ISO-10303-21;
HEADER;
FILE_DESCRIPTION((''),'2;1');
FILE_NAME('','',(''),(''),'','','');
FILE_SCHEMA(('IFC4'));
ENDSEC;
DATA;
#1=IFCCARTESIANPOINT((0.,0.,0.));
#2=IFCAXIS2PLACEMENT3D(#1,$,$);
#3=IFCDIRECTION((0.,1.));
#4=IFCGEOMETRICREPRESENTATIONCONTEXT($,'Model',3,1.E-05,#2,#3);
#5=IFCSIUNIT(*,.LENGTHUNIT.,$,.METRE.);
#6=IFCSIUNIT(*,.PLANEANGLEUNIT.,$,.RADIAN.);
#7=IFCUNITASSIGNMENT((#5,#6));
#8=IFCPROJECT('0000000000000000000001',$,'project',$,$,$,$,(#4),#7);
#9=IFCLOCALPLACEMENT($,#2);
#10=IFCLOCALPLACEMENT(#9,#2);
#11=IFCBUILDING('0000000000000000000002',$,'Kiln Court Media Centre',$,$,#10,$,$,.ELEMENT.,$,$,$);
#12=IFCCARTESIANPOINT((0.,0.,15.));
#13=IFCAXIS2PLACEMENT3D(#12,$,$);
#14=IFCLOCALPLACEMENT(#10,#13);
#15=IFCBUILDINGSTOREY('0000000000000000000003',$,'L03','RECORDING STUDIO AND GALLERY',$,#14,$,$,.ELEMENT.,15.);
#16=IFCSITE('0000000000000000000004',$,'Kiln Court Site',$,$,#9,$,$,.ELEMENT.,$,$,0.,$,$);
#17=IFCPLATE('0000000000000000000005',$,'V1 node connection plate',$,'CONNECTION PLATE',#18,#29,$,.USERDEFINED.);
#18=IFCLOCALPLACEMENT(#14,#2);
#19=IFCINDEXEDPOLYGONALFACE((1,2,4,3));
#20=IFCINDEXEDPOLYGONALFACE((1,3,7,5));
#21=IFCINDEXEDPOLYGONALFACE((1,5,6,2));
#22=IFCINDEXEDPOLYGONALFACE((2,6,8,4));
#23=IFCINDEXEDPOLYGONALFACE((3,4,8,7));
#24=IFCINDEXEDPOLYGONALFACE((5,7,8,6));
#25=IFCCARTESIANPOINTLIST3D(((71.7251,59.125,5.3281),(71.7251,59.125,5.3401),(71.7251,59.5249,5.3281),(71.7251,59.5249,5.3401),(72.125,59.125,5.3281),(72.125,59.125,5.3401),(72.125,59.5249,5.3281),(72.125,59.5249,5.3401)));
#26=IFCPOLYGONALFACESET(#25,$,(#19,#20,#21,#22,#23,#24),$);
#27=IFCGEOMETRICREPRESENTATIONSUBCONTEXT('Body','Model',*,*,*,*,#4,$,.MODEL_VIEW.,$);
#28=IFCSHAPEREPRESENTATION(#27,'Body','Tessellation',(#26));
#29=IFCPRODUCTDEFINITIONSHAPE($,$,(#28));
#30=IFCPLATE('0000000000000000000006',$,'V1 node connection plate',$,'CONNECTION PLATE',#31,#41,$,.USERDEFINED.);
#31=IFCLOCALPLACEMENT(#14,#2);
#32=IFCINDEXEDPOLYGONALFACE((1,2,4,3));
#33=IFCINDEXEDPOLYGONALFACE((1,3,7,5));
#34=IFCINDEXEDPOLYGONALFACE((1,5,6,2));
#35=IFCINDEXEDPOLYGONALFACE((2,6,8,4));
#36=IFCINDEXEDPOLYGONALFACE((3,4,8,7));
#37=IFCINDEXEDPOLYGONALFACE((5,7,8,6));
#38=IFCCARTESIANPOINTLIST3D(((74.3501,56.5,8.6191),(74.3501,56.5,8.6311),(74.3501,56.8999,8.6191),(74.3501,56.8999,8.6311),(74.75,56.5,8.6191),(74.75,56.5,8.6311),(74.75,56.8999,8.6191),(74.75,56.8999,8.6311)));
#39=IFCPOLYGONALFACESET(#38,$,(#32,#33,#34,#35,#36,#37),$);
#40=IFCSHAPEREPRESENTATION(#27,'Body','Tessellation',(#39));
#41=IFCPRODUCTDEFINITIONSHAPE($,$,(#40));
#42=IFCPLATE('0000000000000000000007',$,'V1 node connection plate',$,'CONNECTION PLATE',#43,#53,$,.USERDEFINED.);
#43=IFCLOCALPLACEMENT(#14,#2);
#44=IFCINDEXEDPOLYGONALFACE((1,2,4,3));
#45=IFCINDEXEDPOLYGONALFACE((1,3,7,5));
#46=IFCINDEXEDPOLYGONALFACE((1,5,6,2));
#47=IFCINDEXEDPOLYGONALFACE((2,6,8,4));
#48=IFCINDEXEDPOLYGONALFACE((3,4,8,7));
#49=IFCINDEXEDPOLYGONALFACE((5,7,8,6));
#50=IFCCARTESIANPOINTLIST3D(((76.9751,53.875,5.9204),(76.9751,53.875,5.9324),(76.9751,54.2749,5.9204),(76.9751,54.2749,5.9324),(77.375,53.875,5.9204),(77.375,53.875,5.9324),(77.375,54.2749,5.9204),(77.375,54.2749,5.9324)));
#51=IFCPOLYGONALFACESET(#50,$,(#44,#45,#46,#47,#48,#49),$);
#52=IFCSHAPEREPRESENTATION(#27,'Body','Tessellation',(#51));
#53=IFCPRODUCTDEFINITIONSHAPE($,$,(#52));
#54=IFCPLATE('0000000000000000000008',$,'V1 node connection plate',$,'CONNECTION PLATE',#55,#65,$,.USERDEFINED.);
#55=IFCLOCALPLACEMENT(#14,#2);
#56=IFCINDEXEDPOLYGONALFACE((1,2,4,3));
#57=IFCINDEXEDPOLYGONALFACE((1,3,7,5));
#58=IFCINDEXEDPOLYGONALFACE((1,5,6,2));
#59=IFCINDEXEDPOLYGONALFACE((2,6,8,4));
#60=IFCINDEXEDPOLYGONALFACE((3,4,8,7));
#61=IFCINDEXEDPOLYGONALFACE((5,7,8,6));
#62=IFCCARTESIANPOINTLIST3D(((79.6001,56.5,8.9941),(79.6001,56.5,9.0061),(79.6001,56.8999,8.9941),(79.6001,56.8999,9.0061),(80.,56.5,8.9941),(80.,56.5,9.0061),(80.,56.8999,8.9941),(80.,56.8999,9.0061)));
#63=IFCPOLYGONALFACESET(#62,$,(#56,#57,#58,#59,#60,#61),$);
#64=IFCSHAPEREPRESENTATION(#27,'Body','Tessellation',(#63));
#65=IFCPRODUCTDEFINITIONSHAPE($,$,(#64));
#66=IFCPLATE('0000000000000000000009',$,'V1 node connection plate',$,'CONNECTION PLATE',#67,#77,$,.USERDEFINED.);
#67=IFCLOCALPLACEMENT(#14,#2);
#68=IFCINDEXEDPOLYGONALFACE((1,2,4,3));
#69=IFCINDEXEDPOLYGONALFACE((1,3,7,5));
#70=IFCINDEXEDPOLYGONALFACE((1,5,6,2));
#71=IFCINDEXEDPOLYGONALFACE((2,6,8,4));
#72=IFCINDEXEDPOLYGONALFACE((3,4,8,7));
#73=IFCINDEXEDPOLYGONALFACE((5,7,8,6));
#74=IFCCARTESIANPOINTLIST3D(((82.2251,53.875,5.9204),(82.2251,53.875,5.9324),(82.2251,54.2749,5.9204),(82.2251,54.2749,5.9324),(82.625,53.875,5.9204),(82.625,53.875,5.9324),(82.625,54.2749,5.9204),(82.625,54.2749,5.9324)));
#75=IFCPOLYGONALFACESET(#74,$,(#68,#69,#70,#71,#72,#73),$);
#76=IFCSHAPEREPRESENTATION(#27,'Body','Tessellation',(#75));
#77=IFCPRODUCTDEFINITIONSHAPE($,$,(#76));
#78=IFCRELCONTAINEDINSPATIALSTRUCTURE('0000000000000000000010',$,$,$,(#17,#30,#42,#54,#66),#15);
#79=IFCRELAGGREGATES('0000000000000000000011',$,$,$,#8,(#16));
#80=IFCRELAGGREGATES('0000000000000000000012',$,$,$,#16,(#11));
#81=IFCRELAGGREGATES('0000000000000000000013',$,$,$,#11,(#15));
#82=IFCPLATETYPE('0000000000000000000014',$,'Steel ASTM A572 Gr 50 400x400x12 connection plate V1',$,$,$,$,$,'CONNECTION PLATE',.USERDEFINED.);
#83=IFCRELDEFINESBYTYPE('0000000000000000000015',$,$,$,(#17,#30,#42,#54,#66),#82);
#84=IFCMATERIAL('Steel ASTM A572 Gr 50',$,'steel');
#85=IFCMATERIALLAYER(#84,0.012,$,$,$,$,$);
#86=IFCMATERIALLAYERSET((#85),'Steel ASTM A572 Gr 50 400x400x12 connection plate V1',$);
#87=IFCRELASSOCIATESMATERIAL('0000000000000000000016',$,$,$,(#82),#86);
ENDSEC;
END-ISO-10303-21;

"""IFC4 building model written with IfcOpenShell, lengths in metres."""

from ifc_helpers import new_model, si_unit, direction, frame, origin, origin_2d, place, context, subcontext, project, spatial, rectangle, extrude, material, layer, layer_set, type_object, element, save


model = new_model("IFC4")

# Units and contexts
model_context = context("Model", 3, precision=1e-05, world=origin(), true_north=direction((0.0, 1.0)))
body_context = subcontext(model_context, "Body", "Model", "MODEL_VIEW")
ifc_project = project(units=[si_unit("LENGTHUNIT", "METRE"), si_unit("PLANEANGLEUNIT", "RADIAN")], contexts=[model_context])

# Site, building, storey
site_placement = place(None, origin())
site = spatial("IfcSite", under=ifc_project, at=site_placement, Name="Kiln Court Site", CompositionType="ELEMENT", RefElevation=0.0)
building_placement = place(site_placement, origin())
building = spatial("IfcBuilding", under=site, at=building_placement, Name="Kiln Court Media Centre", CompositionType="ELEMENT")
storey_placement = place(building_placement, frame((0.0, 0.0, 15.0)))
storey = spatial("IfcBuildingStorey", under=building, at=storey_placement, Name="L03", Description="RECORDING STUDIO AND GALLERY", CompositionType="ELEMENT", Elevation=15.0)

# Plates
ifc_material_1 = material(Name="Steel ASTM A572 Gr 50", Category="steel")
ifc_layer_1 = layer(ifc_material_1, 0.012)
ifc_layer_set_1 = layer_set([ifc_layer_1], Name="Steel ASTM A572 Gr 50 400x400x12 connection plate V1")
plate_type_1 = type_object("IfcPlateType", Name="Steel ASTM A572 Gr 50 400x400x12 connection plate V1", ElementType="CONNECTION PLATE", PredefinedType="USERDEFINED", material=ifc_layer_set_1)
for number, where, z_axis, x_axis, name in (
    (1, (71.925, 59.325, 5.3281), (0.0, 0.0, 1.0), (1.0, 0.0, 0.0), "V1 node connection plate"),
    (2, (74.55, 56.7, 8.6191), (0.0, 0.0, 1.0), (1.0, 0.0, 0.0), "V1 node connection plate"),
    (3, (77.175, 54.075, 5.9204), (0.0, 0.0, 1.0), (1.0, 0.0, 0.0), "V1 node connection plate"),
    (4, (79.8, 56.7, 8.9941), (0.0, 0.0, 1.0), (1.0, 0.0, 0.0), "V1 node connection plate"),
    (5, (82.425, 54.075, 5.9204), (0.0, 0.0, 1.0), (1.0, 0.0, 0.0), "V1 node connection plate"),
):
    element("IfcPlate", number, at=place(storey_placement, frame(where, z_axis=z_axis, x_axis=x_axis)), inside=storey, type_object=plate_type_1, Name=name, ObjectType="CONNECTION PLATE", PredefinedType="USERDEFINED", context=body_context, shape_type="SweptSolid", body=[
        extrude(rectangle(XDim=0.3999, YDim=0.3999, at=origin_2d()), origin(), (0.0, 0.0, 1.0), 0.012),
    ])

save(model, "model.ifc")
